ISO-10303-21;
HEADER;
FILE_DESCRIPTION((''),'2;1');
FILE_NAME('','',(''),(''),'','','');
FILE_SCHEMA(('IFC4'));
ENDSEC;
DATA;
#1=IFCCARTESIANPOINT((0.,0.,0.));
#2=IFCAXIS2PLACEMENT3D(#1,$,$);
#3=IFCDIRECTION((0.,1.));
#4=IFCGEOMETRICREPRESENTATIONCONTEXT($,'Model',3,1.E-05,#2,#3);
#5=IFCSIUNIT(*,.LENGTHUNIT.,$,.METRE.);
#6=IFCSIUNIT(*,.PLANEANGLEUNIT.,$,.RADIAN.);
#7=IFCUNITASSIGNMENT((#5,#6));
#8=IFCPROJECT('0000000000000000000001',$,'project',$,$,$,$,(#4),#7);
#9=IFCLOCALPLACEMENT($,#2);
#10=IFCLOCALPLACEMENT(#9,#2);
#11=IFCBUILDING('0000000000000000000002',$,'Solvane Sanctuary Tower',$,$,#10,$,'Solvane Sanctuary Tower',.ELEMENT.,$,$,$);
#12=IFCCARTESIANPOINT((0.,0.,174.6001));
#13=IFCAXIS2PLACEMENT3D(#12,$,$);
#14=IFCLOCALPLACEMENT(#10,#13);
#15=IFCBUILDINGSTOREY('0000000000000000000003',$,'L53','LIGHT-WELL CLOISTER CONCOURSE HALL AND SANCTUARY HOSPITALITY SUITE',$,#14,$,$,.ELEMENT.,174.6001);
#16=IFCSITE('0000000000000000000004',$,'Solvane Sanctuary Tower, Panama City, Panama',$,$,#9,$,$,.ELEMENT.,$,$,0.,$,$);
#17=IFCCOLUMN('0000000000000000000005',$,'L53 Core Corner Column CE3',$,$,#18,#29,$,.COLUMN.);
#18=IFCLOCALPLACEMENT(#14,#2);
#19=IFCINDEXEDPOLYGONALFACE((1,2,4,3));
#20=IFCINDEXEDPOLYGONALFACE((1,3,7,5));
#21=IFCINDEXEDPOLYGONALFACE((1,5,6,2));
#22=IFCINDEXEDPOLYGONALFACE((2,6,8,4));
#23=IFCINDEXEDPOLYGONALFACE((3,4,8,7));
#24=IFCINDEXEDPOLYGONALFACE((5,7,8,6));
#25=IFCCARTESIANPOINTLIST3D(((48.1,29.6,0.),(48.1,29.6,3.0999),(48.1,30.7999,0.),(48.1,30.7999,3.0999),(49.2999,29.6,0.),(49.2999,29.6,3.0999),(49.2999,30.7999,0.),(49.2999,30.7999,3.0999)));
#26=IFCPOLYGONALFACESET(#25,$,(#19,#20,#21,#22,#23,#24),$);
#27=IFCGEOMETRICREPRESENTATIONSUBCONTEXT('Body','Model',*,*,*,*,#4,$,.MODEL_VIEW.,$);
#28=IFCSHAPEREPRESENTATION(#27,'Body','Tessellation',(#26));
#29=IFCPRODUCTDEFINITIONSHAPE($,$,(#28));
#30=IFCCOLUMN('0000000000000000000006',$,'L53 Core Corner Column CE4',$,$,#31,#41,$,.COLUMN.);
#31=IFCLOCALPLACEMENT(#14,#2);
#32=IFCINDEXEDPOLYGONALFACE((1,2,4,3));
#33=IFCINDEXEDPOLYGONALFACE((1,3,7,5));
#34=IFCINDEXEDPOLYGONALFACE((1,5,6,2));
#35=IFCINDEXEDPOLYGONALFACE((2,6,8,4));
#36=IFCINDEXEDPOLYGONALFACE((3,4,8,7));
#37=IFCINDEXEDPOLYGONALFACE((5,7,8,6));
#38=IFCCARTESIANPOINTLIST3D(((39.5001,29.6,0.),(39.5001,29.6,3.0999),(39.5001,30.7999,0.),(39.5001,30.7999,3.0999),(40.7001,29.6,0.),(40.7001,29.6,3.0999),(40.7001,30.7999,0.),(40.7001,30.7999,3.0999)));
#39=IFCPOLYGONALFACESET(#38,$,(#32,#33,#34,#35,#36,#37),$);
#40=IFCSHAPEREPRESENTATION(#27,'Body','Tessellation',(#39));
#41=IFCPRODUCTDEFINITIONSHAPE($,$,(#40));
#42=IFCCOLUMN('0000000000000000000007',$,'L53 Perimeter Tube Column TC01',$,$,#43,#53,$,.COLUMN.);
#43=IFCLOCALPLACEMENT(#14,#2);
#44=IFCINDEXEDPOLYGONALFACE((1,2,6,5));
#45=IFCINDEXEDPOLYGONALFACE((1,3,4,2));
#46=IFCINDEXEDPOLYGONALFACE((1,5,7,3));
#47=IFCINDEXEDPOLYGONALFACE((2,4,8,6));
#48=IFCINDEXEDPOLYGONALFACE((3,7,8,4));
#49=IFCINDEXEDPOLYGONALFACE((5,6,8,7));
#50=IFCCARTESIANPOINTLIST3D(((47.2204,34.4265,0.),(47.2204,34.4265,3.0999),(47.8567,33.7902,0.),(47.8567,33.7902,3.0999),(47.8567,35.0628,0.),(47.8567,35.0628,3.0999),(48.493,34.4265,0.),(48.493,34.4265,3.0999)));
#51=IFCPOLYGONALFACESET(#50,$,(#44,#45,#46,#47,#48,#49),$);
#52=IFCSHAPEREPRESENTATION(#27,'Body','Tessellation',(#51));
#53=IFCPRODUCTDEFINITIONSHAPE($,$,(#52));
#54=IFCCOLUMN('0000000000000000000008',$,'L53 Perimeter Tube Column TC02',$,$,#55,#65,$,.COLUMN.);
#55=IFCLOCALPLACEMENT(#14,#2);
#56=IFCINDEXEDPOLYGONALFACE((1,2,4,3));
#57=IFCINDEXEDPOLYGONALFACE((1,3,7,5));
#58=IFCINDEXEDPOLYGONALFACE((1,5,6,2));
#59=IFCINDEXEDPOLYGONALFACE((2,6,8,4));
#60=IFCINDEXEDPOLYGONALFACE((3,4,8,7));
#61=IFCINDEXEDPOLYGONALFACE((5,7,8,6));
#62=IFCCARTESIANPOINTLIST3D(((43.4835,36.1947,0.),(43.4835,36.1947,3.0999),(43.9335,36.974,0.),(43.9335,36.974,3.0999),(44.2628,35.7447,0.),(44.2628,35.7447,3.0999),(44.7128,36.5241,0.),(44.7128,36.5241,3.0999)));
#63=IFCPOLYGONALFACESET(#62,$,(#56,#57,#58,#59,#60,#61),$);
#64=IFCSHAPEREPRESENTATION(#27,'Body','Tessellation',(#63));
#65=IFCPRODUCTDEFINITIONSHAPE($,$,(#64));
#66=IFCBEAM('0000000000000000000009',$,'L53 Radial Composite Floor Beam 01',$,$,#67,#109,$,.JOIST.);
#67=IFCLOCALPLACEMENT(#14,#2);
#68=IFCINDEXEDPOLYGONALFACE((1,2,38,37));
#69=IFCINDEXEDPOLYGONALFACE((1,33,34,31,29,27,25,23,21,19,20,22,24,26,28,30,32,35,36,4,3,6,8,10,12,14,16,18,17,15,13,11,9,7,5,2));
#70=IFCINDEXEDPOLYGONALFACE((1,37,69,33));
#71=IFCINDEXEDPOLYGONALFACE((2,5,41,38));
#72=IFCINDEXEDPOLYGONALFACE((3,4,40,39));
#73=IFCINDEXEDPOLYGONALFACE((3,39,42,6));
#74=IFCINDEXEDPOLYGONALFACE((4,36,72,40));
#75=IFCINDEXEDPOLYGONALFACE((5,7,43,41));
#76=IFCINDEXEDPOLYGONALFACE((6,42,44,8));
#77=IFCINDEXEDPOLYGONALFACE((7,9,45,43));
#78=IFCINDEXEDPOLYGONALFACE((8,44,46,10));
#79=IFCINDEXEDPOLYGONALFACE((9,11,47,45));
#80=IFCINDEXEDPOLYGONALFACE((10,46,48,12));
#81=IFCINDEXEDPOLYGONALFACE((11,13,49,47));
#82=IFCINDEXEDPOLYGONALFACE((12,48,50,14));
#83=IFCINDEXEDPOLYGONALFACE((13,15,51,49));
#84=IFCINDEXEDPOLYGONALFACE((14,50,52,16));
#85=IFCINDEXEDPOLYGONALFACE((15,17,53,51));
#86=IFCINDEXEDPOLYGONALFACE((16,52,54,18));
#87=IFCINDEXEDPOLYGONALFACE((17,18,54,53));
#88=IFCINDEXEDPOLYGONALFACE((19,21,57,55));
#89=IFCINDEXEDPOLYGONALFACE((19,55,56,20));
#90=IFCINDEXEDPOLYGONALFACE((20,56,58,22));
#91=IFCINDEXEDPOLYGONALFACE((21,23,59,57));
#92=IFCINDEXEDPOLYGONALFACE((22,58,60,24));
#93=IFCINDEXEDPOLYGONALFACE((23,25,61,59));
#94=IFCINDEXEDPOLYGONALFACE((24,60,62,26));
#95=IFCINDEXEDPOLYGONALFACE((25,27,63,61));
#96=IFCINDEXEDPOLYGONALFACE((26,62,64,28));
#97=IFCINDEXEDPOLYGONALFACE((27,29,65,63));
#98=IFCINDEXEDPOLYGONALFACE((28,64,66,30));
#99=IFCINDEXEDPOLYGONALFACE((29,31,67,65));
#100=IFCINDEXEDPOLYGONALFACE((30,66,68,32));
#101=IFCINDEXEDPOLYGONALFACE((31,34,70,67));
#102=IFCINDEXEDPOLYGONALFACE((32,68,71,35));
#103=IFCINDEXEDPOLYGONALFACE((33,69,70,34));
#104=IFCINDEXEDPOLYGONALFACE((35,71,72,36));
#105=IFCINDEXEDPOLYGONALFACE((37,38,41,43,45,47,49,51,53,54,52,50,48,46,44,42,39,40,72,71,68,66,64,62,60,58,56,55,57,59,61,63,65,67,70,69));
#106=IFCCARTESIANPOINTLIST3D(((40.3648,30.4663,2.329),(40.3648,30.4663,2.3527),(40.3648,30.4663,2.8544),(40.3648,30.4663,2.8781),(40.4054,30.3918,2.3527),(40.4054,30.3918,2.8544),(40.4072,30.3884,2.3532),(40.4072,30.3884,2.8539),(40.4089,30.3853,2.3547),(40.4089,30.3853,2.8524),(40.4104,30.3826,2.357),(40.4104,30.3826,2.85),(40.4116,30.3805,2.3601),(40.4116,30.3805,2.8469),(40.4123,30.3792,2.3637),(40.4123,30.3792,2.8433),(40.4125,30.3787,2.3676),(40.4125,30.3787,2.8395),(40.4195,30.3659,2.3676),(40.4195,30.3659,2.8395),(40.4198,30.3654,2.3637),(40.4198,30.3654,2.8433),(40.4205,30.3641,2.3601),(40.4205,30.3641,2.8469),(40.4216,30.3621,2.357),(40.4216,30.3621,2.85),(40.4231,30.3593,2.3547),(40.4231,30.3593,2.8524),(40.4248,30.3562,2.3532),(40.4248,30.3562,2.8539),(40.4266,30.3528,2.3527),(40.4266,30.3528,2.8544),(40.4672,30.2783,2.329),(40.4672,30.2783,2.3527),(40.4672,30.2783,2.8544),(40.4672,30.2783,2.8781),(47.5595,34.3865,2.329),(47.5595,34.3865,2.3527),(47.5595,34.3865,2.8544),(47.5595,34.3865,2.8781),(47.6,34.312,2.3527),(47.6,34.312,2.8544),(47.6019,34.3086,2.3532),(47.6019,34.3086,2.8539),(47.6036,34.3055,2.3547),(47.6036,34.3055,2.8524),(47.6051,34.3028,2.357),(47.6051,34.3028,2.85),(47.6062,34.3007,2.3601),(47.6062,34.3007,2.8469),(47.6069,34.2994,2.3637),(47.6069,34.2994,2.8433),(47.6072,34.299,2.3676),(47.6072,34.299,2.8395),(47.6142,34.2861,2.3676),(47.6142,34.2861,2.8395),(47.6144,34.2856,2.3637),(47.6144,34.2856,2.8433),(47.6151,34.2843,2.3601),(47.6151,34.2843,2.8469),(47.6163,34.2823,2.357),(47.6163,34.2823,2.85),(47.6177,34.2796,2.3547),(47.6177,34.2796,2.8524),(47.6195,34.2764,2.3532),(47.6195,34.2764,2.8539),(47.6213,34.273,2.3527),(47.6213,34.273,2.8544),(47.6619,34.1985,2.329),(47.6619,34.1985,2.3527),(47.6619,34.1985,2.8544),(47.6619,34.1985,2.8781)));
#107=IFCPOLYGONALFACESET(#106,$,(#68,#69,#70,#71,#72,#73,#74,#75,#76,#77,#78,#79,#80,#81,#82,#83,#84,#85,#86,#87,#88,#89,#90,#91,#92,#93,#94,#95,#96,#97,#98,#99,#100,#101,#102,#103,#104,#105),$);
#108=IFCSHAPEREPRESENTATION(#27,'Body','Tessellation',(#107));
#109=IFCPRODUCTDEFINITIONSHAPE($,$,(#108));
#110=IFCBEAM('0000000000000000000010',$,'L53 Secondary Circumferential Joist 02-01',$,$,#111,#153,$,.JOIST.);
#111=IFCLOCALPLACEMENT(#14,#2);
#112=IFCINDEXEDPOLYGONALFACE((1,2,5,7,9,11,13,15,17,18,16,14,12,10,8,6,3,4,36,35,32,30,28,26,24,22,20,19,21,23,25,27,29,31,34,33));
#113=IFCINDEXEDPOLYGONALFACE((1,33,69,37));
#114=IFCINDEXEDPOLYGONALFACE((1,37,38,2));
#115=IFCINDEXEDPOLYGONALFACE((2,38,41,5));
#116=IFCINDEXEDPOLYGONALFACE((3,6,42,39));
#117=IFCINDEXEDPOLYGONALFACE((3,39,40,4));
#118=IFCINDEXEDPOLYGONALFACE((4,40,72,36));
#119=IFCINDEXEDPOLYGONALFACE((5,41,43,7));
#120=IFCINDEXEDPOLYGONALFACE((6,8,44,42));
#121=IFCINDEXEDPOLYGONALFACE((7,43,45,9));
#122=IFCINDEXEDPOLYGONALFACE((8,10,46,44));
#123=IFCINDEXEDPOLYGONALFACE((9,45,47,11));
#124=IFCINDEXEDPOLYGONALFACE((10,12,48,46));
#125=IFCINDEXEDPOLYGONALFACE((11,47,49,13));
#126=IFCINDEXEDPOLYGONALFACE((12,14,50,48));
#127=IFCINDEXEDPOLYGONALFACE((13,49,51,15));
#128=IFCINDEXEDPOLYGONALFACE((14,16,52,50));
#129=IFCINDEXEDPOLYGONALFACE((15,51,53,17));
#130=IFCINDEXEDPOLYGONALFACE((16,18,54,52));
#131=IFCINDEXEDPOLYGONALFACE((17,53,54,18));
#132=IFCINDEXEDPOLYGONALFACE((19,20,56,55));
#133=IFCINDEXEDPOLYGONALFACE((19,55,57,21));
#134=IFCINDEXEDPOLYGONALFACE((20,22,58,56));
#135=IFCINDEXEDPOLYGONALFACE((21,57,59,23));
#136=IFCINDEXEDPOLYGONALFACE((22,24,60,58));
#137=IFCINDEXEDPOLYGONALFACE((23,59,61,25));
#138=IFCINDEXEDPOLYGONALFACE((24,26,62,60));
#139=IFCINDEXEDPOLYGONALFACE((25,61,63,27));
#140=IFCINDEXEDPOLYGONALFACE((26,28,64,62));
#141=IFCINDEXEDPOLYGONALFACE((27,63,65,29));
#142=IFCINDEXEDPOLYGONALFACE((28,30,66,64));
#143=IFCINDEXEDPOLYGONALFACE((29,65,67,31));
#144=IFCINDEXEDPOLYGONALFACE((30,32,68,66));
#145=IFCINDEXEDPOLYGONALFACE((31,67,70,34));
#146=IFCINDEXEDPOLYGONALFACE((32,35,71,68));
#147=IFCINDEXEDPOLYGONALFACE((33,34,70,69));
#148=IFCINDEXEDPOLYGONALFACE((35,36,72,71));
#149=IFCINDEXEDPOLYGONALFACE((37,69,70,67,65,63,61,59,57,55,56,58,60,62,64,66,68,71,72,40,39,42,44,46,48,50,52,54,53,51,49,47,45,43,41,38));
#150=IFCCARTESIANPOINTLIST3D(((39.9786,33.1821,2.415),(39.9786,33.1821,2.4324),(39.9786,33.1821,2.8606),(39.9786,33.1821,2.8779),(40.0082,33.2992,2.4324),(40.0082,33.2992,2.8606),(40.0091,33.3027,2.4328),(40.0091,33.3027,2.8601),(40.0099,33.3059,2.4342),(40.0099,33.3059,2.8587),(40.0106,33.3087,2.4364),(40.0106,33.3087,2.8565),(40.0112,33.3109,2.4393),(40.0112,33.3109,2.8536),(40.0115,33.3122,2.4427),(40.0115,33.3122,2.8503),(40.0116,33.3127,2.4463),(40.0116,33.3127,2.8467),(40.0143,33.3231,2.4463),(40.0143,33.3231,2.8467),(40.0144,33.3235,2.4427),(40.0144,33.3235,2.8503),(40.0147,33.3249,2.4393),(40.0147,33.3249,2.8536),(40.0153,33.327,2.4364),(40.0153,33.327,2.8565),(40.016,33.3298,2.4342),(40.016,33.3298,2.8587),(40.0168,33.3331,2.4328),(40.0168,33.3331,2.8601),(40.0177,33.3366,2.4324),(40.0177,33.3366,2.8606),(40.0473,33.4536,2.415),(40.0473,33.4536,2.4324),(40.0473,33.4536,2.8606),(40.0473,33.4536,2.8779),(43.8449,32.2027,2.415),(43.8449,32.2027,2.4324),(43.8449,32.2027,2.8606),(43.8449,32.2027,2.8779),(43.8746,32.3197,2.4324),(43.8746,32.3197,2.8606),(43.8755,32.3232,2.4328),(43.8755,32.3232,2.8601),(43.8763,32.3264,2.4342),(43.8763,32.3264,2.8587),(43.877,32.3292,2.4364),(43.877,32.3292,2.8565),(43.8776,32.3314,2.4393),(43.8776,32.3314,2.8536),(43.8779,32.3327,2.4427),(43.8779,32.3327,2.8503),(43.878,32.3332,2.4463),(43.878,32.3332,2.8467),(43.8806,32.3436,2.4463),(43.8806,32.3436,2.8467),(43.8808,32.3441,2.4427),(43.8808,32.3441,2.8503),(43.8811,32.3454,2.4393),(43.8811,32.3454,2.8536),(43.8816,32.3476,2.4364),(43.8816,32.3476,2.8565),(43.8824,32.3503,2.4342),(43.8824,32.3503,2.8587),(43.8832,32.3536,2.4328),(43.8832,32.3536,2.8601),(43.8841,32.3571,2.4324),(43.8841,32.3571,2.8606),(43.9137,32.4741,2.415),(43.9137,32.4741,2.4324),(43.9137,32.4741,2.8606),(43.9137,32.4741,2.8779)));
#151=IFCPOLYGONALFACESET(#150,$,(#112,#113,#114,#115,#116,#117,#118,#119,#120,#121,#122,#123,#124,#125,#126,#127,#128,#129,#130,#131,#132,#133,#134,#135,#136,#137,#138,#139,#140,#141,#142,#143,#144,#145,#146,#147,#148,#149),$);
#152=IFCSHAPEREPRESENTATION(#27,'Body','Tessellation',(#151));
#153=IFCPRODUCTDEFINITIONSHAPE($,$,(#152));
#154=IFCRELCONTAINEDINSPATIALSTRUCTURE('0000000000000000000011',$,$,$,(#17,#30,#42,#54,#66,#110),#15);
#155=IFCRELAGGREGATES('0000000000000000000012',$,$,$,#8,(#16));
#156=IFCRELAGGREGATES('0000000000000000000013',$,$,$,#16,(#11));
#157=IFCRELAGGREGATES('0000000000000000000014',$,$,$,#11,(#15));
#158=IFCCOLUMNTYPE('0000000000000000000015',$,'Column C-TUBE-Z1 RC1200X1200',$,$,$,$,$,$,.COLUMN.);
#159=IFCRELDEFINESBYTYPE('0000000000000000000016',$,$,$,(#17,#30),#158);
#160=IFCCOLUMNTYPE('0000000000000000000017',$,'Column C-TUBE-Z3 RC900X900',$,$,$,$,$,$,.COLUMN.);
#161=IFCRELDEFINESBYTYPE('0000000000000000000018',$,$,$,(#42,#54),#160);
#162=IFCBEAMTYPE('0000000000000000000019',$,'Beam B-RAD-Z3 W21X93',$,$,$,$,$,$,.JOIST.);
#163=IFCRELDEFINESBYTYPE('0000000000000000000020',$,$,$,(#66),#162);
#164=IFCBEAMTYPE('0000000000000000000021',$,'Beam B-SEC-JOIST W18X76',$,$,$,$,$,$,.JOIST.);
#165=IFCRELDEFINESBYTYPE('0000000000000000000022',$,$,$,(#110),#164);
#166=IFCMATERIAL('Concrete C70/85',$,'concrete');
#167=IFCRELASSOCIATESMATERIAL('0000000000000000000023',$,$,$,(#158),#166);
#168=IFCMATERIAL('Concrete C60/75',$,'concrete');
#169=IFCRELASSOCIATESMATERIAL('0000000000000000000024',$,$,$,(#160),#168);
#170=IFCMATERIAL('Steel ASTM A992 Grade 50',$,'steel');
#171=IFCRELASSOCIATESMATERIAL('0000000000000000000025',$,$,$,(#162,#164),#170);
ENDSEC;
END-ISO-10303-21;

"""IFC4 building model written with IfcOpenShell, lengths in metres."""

from ifc_helpers import new_model, si_unit, direction, frame, origin, origin_2d, place, context, subcontext, project, spatial, rectangle, i_section, extrude, material, material_profile, profile_set, type_object, element, save


model = new_model("IFC4")

# Units and contexts
model_context = context("Model", 3, precision=1e-05, world=origin(), true_north=direction((0.0, 1.0)))
body_context = subcontext(model_context, "Body", "Model", "MODEL_VIEW")
ifc_project = project(units=[si_unit("LENGTHUNIT", "METRE"), si_unit("PLANEANGLEUNIT", "RADIAN")], contexts=[model_context])

# Site, building, storey
site_placement = place(None, origin())
site = spatial("IfcSite", under=ifc_project, at=site_placement, Name="Solvane Sanctuary Tower, Panama City, Panama", CompositionType="ELEMENT", RefElevation=0.0)
building_placement = place(site_placement, origin())
building = spatial("IfcBuilding", under=site, at=building_placement, Name="Solvane Sanctuary Tower", LongName="Solvane Sanctuary Tower", CompositionType="ELEMENT")
storey_placement = place(building_placement, frame((0.0, 0.0, 174.6001)))
storey = spatial("IfcBuildingStorey", under=building, at=storey_placement, Name="L53", Description="LIGHT-WELL CLOISTER CONCOURSE HALL AND SANCTUARY HOSPITALITY SUITE", CompositionType="ELEMENT", Elevation=174.6001)

# Columns
ifc_material_1 = material(Name="Concrete C70/85", Category="concrete")
ifc_material_profile_1 = material_profile(ifc_material_1, rectangle(XDim=1.2, YDim=1.2, at=origin_2d()), Name="RC1200X1200")
ifc_profile_set_1 = profile_set([ifc_material_profile_1], Name="Concrete C70/85")
column_type_1 = type_object("IfcColumnType", Name="Column C-TUBE-Z1 RC1200X1200", PredefinedType="COLUMN", material=ifc_profile_set_1)
for number, where, z_axis, x_axis, name in (
    (1, (48.7, 30.2, 0.0), (0.0, 0.0, 1.0), (1.0, 0.0, 0.0), "L53 Core Corner Column CE3"),
    (2, (40.1001, 30.2, 0.0), (0.0, 0.0, 1.0), (1.0, 0.0, 0.0), "L53 Core Corner Column CE4"),
):
    element("IfcColumn", number, at=place(storey_placement, frame(where, z_axis=z_axis, x_axis=x_axis)), inside=storey, type_object=column_type_1, Name=name, PredefinedType="COLUMN", context=body_context, shape_type="SweptSolid", body=[
        extrude(rectangle(XDim=1.2, YDim=1.2, at=origin_2d()), origin(), (0.0, 0.0, 1.0), 3.0999),
    ])
ifc_material_2 = material(Name="Concrete C60/75", Category="concrete")
ifc_material_profile_2 = material_profile(ifc_material_2, rectangle(XDim=0.8999, YDim=0.8999, at=origin_2d()), Name="RC900X900")
ifc_profile_set_2 = profile_set([ifc_material_profile_2], Name="Concrete C60/75")
column_type_2 = type_object("IfcColumnType", Name="Column C-TUBE-Z3 RC900X900", PredefinedType="COLUMN", material=ifc_profile_set_2)
for number, where, z_axis, x_axis, name in (
    (3, (47.8567, 34.4265, 0.0), (0.0, 0.0, 1.0), (0.707107, 0.707107, 0.0), "L53 Perimeter Tube Column TC01"),
    (4, (44.0981, 36.3594, 0.0), (0.0, 0.0, 1.0), (0.5, 0.866025, 0.0), "L53 Perimeter Tube Column TC02"),
):
    element("IfcColumn", number, at=place(storey_placement, frame(where, z_axis=z_axis, x_axis=x_axis)), inside=storey, type_object=column_type_2, Name=name, PredefinedType="COLUMN", context=body_context, shape_type="SweptSolid", body=[
        extrude(rectangle(XDim=0.8999, YDim=0.8999, at=origin_2d()), origin(), (0.0, 0.0, 1.0), 3.0999),
    ])

# Beams
ifc_material_3 = material(Name="Steel ASTM A992 Grade 50", Category="steel")
ifc_material_profile_3 = material_profile(ifc_material_3, i_section(OverallWidth=0.2141, OverallDepth=0.5491, WebThickness=0.0146, FlangeThickness=0.0237, FilletRadius=0.0149, at=origin_2d()), Name="W21X93")
ifc_profile_set_3 = profile_set([ifc_material_profile_3], Name="Steel ASTM A992 Grade 50")
beam_type_1 = type_object("IfcBeamType", Name="Beam B-RAD-Z3 W21X93", PredefinedType="JOIST", material=ifc_profile_set_3)
beam_1_placement = place(storey_placement, frame((40.416, 30.3723, 2.6035), z_axis=(0.878108, 0.478462, 0.0), x_axis=(-0.478462, 0.878108, 0.0)))
element("IfcBeam", 5, at=beam_1_placement, inside=storey, type_object=beam_type_1, Name="L53 Radial Composite Floor Beam 01", PredefinedType="JOIST", context=body_context, shape_type="SweptSolid", body=[
    extrude(i_section(OverallWidth=0.2141, OverallDepth=0.5491, WebThickness=0.0146, FlangeThickness=0.0237, FilletRadius=0.0149, at=origin_2d()), origin(), (0.0, 0.0, 1.0), 8.1934),
])
ifc_material_profile_4 = material_profile(ifc_material_3, i_section(OverallWidth=0.28, OverallDepth=0.4629, WebThickness=0.0107, FlangeThickness=0.0173, FilletRadius=0.0139, at=origin_2d()), Name="W18X76")
ifc_profile_set_4 = profile_set([ifc_material_profile_4], Name="Steel ASTM A992 Grade 50")
beam_type_2 = type_object("IfcBeamType", Name="Beam B-SEC-JOIST W18X76", PredefinedType="JOIST", material=ifc_profile_set_4)
beam_2_placement = place(storey_placement, frame((40.0129, 33.3179, 2.6465), z_axis=(0.969378, -0.245573, 0.0), x_axis=(0.245573, 0.969378, 0.0)))
element("IfcBeam", 6, at=beam_2_placement, inside=storey, type_object=beam_type_2, Name="L53 Secondary Circumferential Joist 02-01", PredefinedType="JOIST", context=body_context, shape_type="SweptSolid", body=[
    extrude(i_section(OverallWidth=0.28, OverallDepth=0.4629, WebThickness=0.0107, FlangeThickness=0.0173, FilletRadius=0.0139, at=origin_2d()), origin(), (0.0, 0.0, 1.0), 3.9885),
])

save(model, "model.ifc")
